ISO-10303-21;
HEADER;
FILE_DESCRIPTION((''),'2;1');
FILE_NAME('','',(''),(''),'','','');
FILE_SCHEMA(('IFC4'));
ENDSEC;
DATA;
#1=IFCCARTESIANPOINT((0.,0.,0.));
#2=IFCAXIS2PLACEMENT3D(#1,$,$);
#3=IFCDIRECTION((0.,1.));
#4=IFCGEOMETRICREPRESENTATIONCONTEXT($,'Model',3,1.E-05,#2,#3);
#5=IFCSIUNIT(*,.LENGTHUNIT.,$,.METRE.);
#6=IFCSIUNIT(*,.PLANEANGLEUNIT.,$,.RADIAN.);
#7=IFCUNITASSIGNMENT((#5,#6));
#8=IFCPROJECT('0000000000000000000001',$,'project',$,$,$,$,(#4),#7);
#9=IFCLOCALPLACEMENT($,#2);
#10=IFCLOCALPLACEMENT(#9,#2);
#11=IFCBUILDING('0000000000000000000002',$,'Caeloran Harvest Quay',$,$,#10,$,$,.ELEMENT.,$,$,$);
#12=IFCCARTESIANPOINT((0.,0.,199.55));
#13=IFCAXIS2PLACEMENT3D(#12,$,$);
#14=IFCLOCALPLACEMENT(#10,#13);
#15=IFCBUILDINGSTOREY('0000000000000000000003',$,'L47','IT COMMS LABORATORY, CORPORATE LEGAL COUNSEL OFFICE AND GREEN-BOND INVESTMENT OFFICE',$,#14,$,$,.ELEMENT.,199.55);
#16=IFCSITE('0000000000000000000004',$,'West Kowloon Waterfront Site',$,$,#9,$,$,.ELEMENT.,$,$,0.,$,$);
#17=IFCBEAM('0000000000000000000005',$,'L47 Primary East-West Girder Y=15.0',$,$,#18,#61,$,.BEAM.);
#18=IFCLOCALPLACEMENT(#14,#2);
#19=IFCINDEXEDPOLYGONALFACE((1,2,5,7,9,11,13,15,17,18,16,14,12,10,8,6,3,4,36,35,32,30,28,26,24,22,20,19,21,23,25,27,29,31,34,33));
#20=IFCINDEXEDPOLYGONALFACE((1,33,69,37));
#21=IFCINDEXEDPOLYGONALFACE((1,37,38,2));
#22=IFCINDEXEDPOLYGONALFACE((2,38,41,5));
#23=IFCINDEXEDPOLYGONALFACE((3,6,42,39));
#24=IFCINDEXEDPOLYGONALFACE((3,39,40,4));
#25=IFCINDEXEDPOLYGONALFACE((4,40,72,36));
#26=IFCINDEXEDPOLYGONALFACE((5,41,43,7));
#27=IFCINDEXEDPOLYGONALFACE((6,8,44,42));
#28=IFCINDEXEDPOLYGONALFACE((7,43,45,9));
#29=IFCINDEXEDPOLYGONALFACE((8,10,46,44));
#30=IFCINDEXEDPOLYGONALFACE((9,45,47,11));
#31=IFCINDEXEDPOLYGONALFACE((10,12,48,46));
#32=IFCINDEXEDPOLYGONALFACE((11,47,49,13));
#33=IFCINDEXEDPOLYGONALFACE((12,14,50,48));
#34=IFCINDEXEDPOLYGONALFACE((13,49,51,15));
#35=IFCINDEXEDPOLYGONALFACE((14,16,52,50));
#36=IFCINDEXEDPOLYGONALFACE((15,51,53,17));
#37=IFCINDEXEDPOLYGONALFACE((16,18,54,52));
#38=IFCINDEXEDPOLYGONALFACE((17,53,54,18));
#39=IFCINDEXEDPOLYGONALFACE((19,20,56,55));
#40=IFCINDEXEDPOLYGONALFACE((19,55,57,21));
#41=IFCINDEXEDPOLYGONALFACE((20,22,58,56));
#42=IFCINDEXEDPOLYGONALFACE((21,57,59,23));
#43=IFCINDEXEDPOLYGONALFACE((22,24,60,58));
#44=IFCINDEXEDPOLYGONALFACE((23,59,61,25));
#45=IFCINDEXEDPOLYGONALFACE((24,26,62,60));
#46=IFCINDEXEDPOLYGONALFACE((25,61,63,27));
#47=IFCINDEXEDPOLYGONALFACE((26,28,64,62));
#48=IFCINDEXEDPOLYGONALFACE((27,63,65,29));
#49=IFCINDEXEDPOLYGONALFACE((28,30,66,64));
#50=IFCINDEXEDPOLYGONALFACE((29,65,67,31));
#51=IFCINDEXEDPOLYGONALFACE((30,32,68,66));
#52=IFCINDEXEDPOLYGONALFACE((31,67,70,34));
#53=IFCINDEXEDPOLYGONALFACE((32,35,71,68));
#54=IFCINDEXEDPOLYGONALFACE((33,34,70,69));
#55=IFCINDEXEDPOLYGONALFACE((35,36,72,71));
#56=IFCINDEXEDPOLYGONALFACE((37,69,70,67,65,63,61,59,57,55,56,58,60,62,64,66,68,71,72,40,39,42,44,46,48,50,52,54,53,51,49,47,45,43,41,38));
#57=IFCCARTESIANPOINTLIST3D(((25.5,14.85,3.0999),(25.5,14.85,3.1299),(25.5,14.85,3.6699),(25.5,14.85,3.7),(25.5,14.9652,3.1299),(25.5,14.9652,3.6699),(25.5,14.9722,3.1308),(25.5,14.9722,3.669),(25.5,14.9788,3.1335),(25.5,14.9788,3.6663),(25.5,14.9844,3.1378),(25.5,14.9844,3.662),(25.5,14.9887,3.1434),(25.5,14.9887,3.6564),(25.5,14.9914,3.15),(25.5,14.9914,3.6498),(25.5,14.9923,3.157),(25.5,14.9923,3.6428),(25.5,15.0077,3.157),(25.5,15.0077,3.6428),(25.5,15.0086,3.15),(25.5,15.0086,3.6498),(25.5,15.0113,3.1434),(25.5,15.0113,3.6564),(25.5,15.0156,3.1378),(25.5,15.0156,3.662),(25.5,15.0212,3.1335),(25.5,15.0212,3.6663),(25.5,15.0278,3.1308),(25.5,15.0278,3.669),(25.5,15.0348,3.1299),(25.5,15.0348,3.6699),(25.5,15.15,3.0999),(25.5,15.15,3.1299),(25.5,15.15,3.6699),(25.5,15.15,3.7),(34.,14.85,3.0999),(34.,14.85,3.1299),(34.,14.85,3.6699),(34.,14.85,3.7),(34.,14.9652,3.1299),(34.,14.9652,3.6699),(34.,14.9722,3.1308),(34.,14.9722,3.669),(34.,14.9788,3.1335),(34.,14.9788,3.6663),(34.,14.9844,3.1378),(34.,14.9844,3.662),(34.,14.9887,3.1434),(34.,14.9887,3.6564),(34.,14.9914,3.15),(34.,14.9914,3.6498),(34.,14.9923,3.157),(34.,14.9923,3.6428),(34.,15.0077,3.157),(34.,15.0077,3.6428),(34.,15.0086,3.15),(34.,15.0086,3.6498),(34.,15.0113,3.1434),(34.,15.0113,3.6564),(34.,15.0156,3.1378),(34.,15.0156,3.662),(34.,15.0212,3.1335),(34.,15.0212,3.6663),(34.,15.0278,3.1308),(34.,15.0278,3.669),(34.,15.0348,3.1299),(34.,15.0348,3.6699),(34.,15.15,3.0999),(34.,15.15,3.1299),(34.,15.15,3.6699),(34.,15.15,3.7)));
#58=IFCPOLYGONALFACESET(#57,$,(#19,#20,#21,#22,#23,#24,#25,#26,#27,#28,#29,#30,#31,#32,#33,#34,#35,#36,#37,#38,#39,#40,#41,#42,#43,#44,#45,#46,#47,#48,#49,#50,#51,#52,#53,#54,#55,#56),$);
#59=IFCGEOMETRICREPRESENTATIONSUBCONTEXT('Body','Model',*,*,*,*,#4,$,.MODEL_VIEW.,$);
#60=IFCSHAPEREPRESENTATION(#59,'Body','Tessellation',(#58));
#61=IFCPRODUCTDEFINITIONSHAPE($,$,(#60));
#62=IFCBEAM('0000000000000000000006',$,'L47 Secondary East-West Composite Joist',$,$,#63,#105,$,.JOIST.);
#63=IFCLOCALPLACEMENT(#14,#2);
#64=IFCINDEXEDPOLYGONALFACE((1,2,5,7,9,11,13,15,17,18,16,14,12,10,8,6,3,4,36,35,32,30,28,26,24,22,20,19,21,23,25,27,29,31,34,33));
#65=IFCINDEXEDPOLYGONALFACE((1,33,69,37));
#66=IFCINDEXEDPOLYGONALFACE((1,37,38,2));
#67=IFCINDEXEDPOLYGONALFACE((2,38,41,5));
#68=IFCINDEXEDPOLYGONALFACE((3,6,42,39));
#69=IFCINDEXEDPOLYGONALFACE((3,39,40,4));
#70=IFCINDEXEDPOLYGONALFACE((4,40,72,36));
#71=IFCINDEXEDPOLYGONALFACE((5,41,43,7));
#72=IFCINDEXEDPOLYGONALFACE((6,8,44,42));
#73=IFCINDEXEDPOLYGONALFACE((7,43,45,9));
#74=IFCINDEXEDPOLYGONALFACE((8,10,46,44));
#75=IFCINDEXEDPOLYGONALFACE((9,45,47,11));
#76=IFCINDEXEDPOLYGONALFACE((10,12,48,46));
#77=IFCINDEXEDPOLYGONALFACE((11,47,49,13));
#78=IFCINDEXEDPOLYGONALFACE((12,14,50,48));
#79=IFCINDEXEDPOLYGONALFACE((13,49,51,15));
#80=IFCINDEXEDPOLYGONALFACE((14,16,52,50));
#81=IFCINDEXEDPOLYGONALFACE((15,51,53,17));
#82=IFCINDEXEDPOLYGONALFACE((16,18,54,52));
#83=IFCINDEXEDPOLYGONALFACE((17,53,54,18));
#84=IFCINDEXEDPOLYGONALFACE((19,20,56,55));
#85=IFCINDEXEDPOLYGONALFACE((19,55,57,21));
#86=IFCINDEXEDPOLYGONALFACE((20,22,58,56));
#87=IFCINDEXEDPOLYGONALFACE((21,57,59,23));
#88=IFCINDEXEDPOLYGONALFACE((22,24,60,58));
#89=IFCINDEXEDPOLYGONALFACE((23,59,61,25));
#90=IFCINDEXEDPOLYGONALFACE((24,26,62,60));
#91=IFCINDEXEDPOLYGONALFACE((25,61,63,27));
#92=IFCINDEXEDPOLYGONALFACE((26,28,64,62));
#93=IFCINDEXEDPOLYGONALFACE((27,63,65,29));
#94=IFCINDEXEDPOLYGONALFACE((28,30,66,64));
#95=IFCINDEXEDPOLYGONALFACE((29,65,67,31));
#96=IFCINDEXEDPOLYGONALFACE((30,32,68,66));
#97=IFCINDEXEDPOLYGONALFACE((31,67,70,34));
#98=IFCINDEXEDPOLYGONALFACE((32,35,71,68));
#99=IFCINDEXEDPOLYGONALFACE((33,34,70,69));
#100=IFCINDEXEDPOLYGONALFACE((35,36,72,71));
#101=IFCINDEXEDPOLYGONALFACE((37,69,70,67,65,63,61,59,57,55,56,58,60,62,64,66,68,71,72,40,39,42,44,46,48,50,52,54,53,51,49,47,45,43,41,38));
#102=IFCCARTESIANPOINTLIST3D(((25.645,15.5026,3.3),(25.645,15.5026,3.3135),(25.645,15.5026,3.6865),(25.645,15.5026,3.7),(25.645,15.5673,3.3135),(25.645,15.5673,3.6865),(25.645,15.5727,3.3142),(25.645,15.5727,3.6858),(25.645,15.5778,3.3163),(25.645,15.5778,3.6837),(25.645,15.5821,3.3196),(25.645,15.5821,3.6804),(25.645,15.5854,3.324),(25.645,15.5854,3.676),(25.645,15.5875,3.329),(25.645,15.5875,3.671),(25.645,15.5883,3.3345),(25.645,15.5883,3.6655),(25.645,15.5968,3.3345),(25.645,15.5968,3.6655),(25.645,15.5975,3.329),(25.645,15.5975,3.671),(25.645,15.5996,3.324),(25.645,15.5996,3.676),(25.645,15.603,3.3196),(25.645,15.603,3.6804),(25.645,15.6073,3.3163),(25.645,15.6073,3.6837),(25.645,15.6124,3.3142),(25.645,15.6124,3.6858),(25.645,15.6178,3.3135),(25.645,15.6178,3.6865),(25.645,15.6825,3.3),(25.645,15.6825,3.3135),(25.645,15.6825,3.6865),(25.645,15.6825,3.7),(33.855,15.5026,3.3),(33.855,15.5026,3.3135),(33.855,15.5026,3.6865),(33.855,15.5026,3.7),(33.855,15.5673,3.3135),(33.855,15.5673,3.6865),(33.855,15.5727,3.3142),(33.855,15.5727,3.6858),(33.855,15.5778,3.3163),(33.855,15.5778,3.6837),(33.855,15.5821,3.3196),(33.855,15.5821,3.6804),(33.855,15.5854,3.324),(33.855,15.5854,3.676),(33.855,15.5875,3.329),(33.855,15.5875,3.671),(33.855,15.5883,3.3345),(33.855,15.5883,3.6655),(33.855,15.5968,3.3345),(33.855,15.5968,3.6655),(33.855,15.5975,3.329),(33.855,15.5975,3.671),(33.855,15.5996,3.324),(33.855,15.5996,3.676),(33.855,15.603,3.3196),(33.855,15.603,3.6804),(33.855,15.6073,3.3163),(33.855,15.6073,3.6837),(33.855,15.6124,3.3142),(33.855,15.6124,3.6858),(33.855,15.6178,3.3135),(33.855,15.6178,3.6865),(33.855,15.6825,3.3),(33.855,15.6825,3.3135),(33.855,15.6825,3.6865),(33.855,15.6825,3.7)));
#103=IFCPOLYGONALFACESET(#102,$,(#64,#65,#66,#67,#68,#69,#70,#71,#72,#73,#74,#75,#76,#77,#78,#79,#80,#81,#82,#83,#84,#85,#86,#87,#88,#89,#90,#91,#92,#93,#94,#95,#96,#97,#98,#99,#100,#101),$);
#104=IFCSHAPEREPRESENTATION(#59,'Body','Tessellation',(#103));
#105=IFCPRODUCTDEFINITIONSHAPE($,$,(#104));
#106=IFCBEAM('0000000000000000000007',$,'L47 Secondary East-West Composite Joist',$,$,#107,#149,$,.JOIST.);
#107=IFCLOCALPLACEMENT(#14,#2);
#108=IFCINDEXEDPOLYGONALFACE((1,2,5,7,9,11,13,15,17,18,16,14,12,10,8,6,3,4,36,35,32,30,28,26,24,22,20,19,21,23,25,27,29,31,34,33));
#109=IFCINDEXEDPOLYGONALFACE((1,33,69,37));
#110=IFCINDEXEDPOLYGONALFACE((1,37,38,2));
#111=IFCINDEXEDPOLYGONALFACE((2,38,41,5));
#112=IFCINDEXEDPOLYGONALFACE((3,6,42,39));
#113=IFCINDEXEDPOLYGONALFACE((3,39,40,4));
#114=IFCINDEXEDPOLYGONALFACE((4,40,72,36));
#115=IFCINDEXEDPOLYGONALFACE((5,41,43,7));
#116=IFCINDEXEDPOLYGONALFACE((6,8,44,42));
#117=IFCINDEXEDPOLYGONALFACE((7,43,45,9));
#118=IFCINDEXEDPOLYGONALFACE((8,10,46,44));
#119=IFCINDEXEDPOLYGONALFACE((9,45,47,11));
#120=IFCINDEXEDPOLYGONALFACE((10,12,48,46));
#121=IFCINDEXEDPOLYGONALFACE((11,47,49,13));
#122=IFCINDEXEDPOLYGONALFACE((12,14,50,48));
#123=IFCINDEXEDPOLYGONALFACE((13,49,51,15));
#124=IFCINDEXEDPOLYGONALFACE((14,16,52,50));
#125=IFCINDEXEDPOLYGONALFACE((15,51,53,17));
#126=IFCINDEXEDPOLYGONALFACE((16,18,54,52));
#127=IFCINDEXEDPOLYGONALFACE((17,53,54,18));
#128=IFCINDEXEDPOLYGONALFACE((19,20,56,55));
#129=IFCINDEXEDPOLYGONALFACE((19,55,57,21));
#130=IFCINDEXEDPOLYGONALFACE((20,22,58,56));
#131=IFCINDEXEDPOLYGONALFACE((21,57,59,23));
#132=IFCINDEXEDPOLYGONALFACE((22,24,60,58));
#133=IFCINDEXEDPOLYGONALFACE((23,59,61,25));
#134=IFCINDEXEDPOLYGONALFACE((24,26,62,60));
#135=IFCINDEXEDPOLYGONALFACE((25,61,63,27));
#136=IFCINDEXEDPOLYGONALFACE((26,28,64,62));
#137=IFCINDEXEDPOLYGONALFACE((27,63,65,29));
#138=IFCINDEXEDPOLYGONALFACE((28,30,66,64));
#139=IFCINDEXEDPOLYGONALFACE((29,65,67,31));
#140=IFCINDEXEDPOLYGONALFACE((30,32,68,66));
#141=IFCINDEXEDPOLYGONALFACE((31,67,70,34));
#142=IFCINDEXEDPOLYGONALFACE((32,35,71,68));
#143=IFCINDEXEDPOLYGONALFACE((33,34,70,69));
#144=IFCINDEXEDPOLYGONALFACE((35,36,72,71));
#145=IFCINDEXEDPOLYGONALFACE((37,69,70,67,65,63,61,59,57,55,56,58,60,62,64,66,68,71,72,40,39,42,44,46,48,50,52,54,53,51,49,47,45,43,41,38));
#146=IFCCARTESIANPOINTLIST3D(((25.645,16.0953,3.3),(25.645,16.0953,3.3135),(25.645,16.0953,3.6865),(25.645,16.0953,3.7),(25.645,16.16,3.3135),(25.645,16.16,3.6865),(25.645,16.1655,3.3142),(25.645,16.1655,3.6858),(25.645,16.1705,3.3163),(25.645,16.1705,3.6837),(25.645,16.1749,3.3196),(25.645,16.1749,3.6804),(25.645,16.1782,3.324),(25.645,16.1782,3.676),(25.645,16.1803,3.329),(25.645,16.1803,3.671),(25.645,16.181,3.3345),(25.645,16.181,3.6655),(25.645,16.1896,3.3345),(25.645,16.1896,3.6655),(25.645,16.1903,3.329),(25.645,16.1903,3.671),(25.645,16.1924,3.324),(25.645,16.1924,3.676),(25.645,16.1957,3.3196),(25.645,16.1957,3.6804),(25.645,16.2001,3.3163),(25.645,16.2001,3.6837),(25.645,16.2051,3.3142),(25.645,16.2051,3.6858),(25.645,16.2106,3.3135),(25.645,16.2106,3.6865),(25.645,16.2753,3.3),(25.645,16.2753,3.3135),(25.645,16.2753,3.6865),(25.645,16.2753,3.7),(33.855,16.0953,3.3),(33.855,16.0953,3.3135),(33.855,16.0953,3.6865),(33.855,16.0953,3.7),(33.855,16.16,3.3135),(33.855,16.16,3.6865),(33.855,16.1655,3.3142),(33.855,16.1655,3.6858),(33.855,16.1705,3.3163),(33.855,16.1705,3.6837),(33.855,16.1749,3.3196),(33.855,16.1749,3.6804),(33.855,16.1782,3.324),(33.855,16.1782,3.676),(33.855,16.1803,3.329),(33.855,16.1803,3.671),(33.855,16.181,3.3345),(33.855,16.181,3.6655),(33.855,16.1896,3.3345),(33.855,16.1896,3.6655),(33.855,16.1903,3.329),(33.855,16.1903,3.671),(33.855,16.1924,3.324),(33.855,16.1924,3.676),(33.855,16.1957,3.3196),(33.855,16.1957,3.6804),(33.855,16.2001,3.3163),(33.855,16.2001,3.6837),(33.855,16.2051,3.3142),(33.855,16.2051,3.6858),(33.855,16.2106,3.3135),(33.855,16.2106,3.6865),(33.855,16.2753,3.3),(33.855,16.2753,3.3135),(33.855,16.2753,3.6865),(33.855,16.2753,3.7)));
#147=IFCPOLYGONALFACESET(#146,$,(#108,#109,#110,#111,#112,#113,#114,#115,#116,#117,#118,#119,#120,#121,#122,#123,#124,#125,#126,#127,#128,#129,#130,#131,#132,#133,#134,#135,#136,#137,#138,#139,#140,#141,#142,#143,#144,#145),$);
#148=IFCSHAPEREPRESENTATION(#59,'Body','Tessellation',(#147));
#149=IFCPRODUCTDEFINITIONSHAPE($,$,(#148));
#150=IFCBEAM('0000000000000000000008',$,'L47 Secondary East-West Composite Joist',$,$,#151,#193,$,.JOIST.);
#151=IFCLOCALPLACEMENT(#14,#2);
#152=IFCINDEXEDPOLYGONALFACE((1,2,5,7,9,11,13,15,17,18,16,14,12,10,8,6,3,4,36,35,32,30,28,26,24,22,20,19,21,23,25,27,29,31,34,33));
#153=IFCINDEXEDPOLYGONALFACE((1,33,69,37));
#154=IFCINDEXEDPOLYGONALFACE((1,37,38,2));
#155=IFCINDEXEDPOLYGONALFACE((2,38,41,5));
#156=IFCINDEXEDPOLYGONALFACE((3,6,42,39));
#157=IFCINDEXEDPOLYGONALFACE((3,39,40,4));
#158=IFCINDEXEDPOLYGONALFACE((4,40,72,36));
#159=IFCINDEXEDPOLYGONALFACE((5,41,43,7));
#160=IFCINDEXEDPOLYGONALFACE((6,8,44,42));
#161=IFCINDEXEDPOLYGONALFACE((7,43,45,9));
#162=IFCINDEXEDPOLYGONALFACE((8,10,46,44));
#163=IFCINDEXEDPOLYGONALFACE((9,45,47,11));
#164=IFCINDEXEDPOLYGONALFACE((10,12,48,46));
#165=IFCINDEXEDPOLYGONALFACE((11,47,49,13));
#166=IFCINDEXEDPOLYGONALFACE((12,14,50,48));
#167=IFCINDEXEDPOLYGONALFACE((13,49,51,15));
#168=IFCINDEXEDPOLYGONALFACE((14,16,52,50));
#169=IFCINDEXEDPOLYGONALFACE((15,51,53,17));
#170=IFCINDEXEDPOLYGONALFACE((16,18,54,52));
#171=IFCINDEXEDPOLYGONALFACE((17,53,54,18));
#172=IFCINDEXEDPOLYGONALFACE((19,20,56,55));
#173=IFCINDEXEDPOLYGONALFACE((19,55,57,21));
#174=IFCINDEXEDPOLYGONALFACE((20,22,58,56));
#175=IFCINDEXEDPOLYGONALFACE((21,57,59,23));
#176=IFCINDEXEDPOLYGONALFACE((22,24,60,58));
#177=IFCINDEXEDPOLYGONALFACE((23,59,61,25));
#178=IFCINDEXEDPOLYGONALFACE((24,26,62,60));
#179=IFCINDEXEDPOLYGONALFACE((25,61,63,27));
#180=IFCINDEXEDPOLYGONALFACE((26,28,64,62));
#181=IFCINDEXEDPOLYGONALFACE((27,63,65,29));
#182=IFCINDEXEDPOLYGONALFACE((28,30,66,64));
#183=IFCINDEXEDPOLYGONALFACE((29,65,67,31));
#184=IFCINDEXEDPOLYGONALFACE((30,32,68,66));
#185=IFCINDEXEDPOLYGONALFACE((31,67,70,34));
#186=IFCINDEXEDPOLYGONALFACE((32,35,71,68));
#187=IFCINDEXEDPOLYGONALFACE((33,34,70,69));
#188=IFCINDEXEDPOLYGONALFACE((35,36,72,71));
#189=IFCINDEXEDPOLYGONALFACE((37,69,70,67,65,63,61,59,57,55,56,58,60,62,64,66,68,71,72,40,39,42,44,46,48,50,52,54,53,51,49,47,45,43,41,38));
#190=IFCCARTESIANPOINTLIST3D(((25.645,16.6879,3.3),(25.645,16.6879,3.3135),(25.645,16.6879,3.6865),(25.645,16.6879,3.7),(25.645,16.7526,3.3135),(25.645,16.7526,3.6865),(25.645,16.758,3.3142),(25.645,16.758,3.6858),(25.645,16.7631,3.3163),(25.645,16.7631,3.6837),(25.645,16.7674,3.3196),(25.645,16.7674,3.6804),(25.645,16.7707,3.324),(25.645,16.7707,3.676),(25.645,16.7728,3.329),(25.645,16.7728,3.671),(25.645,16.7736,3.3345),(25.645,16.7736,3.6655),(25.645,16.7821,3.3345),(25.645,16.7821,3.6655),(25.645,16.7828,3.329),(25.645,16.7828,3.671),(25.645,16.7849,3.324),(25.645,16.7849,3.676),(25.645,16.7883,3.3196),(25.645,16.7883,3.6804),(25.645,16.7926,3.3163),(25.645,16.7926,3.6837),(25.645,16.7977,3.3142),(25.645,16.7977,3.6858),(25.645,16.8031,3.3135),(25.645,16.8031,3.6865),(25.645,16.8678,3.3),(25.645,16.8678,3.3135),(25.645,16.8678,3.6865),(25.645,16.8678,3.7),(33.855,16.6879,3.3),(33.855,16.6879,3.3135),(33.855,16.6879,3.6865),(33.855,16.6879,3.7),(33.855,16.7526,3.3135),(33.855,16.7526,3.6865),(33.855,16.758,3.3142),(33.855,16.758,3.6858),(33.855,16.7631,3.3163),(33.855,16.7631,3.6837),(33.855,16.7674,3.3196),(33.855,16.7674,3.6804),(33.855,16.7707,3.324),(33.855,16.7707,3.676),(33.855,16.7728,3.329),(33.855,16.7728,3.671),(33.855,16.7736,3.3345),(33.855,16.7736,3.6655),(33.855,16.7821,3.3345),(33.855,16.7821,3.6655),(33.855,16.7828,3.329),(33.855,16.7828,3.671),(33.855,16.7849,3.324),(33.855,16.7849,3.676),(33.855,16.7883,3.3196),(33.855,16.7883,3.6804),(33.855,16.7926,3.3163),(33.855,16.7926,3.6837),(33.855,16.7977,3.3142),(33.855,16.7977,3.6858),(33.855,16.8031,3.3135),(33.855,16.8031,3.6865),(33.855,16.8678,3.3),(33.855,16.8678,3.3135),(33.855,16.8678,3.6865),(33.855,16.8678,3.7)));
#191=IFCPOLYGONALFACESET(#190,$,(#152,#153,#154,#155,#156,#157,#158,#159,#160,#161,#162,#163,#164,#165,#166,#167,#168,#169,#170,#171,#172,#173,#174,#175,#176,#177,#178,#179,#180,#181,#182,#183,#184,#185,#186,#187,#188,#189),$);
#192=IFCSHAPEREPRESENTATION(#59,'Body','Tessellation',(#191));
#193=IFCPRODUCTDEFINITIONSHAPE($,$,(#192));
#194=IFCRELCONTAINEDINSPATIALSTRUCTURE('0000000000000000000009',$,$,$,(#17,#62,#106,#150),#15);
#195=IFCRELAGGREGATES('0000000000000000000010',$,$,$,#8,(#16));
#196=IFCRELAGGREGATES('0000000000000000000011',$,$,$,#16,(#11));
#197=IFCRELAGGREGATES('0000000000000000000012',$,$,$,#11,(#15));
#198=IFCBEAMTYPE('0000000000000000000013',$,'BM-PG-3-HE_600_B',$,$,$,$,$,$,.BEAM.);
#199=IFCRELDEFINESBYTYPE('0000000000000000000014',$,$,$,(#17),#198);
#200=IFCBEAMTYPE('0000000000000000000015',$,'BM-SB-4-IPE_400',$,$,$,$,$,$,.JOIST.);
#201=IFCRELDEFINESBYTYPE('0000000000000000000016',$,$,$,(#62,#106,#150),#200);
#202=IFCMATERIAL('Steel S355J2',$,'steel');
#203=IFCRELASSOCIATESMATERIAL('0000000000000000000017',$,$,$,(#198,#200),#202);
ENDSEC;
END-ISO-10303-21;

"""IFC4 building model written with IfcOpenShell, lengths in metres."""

from ifc_helpers import new_model, si_unit, direction, frame, origin, origin_2d, place, context, subcontext, project, spatial, i_section, extrude, material, material_profile, profile_set, type_object, element, save


model = new_model("IFC4")

# Units and contexts
model_context = context("Model", 3, precision=1e-05, world=origin(), true_north=direction((0.0, 1.0)))
body_context = subcontext(model_context, "Body", "Model", "MODEL_VIEW")
ifc_project = project(units=[si_unit("LENGTHUNIT", "METRE"), si_unit("PLANEANGLEUNIT", "RADIAN")], contexts=[model_context])

# Site, building, storey
site_placement = place(None, origin())
site = spatial("IfcSite", under=ifc_project, at=site_placement, Name="West Kowloon Waterfront Site", CompositionType="ELEMENT", RefElevation=0.0)
building_placement = place(site_placement, origin())
building = spatial("IfcBuilding", under=site, at=building_placement, Name="Caeloran Harvest Quay", CompositionType="ELEMENT")
storey_placement = place(building_placement, frame((0.0, 0.0, 199.55)))
storey = spatial("IfcBuildingStorey", under=building, at=storey_placement, Name="L47", Description="IT COMMS LABORATORY, CORPORATE LEGAL COUNSEL OFFICE AND GREEN-BOND INVESTMENT OFFICE", CompositionType="ELEMENT", Elevation=199.55)

# Beams
ifc_material_1 = material(Name="Steel S355J2", Category="steel")
ifc_material_profile_1 = material_profile(ifc_material_1, i_section(OverallWidth=0.3, OverallDepth=0.6001, WebThickness=0.0154, FlangeThickness=0.03, FilletRadius=0.0271, at=origin_2d()), Name="HE 600 B")
ifc_profile_set_1 = profile_set([ifc_material_profile_1], Name="Steel S355J2")
beam_type_1 = type_object("IfcBeamType", Name="BM-PG-3-HE_600_B", PredefinedType="BEAM", material=ifc_profile_set_1)
beam_placement = place(storey_placement, frame((25.5, 15.0, 3.3999), z_axis=(1.0, 0.0, 0.0), x_axis=(0.0, 1.0, 0.0)))
element("IfcBeam", 1, at=beam_placement, inside=storey, type_object=beam_type_1, Name="L47 Primary East-West Girder Y=15.0", PredefinedType="BEAM", context=body_context, shape_type="SweptSolid", body=[
    extrude(i_section(OverallWidth=0.3, OverallDepth=0.6001, WebThickness=0.0154, FlangeThickness=0.03, FilletRadius=0.0271, at=origin_2d()), origin(), (0.0, 0.0, 1.0), 8.5),
])
ifc_material_profile_2 = material_profile(ifc_material_1, i_section(OverallWidth=0.1799, OverallDepth=0.3999, WebThickness=0.0085, FlangeThickness=0.0134, FilletRadius=0.021, at=origin_2d()), Name="IPE 400")
ifc_profile_set_2 = profile_set([ifc_material_profile_2], Name="Steel S355J2")
beam_type_2 = type_object("IfcBeamType", Name="BM-SB-4-IPE_400", PredefinedType="JOIST", material=ifc_profile_set_2)
for number, where, z_axis, x_axis, name in (
    (2, (25.645, 15.5925, 3.5), (1.0, 0.0, 0.0), (0.0, 1.0, 0.0), "L47 Secondary East-West Composite Joist"),
    (3, (25.645, 16.1853, 3.5), (1.0, 0.0, 0.0), (0.0, 1.0, 0.0), "L47 Secondary East-West Composite Joist"),
    (4, (25.645, 16.7778, 3.5), (1.0, 0.0, 0.0), (0.0, 1.0, 0.0), "L47 Secondary East-West Composite Joist"),
):
    element("IfcBeam", number, at=place(storey_placement, frame(where, z_axis=z_axis, x_axis=x_axis)), inside=storey, type_object=beam_type_2, Name=name, PredefinedType="JOIST", context=body_context, shape_type="SweptSolid", body=[
        extrude(i_section(OverallWidth=0.1799, OverallDepth=0.3999, WebThickness=0.0085, FlangeThickness=0.0134, FilletRadius=0.021, at=origin_2d()), origin(), (0.0, 0.0, 1.0), 8.21),
    ])

save(model, "model.ifc")
